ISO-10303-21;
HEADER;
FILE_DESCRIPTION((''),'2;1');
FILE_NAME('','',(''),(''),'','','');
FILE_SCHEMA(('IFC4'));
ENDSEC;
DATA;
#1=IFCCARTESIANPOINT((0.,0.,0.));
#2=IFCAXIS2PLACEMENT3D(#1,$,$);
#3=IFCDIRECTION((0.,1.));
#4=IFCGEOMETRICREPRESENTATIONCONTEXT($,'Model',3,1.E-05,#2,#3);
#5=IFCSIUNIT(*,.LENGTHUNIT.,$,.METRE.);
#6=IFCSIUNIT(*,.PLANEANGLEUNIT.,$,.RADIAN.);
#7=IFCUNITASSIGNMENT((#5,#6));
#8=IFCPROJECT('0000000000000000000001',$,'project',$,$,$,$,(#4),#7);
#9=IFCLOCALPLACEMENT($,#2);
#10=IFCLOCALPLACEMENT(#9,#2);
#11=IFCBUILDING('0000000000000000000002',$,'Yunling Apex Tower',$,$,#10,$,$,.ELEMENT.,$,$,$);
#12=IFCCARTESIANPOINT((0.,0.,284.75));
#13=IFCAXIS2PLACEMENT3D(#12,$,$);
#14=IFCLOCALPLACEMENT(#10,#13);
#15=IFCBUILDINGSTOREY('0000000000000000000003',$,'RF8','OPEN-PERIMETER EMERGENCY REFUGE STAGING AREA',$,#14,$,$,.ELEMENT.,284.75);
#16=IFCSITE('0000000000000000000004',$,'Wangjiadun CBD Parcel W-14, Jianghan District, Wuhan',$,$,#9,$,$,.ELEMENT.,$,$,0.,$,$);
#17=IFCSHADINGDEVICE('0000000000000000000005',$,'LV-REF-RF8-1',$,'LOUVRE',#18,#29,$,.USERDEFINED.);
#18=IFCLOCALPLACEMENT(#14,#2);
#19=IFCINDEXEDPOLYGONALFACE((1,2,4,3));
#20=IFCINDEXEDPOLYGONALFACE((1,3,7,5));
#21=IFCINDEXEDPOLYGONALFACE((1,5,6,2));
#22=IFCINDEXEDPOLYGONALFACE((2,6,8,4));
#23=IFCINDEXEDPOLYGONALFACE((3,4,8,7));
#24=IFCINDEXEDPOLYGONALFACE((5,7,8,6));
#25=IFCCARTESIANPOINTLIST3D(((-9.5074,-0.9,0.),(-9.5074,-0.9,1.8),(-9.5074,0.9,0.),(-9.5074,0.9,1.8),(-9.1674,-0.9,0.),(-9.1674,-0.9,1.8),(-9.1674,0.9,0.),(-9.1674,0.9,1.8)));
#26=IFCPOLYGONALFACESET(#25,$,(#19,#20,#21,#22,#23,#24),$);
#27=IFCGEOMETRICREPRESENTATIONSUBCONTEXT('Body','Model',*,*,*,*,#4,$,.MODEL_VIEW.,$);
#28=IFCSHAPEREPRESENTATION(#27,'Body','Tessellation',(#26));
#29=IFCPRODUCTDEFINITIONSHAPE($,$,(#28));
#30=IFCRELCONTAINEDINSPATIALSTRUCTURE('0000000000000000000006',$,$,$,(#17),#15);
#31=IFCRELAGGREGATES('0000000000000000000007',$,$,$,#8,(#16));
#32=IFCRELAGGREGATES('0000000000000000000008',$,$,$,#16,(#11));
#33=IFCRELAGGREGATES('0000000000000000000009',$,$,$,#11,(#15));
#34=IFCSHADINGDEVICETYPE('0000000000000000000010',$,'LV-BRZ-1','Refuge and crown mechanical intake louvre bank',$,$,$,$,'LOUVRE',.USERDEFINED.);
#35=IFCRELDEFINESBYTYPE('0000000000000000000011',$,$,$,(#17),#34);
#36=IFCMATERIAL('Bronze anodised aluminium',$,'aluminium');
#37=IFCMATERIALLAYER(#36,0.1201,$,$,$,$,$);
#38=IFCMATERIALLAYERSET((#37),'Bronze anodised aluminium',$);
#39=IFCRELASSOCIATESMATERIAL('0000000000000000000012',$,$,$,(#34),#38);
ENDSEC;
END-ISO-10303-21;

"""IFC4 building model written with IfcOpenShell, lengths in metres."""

from ifc_helpers import new_model, si_unit, direction, frame, origin, origin_2d, place, context, subcontext, project, spatial, rectangle, extrude, source, transform, mapped, material, layer, layer_set, type_object, element, save


model = new_model("IFC4")

# Units and contexts
model_context = context("Model", 3, precision=1e-05, world=origin(), true_north=direction((0.0, 1.0)))
body_context = subcontext(model_context, "Body", "Model", "MODEL_VIEW")
ifc_project = project(units=[si_unit("LENGTHUNIT", "METRE"), si_unit("PLANEANGLEUNIT", "RADIAN")], contexts=[model_context])

# Site, building, storey
site_placement = place(None, origin())
site = spatial("IfcSite", under=ifc_project, at=site_placement, Name="Wangjiadun CBD Parcel W-14, Jianghan District, Wuhan", CompositionType="ELEMENT", RefElevation=0.0)
building_placement = place(site_placement, origin())
building = spatial("IfcBuilding", under=site, at=building_placement, Name="Yunling Apex Tower", CompositionType="ELEMENT")
storey_placement = place(building_placement, frame((0.0, 0.0, 284.75)))
storey = spatial("IfcBuildingStorey", under=building, at=storey_placement, Name="RF8", Description="OPEN-PERIMETER EMERGENCY REFUGE STAGING AREA", CompositionType="ELEMENT", Elevation=284.75)

# Shading device
ifc_material_1 = material(Name="Bronze anodised aluminium", Category="aluminium")
ifc_layer_1 = layer(ifc_material_1, 0.1201)
ifc_layer_set_1 = layer_set([ifc_layer_1], Name="Bronze anodised aluminium")
shading_device_type = type_object("IfcShadingDeviceType", Name="LV-BRZ-1", Description="Refuge and crown mechanical intake louvre bank", ElementType="LOUVRE", PredefinedType="USERDEFINED", material=ifc_layer_set_1)
shared_shape_1 = source(origin(), body_context, "Body", "SweptSolid", [
    extrude(rectangle(XDim=1.8, YDim=0.3401, at=origin_2d()), origin(), (0.0, 0.0, 1.0), 1.8),
])
shading_device_placement = place(storey_placement, frame((-9.3374, 0.0, 0.0), z_axis=(0.0, 0.0, 1.0), x_axis=(0.0, 1.0, 0.0)))
element("IfcShadingDevice", 1, at=shading_device_placement, inside=storey, type_object=shading_device_type, Name="LV-REF-RF8-1", ObjectType="LOUVRE", PredefinedType="USERDEFINED", context=body_context, shape_type="MappedRepresentation", body=[
    mapped(shared_shape_1, transform((0.0, 0.0, 0.0), scale=1.0)),
])

save(model, "model.ifc")
